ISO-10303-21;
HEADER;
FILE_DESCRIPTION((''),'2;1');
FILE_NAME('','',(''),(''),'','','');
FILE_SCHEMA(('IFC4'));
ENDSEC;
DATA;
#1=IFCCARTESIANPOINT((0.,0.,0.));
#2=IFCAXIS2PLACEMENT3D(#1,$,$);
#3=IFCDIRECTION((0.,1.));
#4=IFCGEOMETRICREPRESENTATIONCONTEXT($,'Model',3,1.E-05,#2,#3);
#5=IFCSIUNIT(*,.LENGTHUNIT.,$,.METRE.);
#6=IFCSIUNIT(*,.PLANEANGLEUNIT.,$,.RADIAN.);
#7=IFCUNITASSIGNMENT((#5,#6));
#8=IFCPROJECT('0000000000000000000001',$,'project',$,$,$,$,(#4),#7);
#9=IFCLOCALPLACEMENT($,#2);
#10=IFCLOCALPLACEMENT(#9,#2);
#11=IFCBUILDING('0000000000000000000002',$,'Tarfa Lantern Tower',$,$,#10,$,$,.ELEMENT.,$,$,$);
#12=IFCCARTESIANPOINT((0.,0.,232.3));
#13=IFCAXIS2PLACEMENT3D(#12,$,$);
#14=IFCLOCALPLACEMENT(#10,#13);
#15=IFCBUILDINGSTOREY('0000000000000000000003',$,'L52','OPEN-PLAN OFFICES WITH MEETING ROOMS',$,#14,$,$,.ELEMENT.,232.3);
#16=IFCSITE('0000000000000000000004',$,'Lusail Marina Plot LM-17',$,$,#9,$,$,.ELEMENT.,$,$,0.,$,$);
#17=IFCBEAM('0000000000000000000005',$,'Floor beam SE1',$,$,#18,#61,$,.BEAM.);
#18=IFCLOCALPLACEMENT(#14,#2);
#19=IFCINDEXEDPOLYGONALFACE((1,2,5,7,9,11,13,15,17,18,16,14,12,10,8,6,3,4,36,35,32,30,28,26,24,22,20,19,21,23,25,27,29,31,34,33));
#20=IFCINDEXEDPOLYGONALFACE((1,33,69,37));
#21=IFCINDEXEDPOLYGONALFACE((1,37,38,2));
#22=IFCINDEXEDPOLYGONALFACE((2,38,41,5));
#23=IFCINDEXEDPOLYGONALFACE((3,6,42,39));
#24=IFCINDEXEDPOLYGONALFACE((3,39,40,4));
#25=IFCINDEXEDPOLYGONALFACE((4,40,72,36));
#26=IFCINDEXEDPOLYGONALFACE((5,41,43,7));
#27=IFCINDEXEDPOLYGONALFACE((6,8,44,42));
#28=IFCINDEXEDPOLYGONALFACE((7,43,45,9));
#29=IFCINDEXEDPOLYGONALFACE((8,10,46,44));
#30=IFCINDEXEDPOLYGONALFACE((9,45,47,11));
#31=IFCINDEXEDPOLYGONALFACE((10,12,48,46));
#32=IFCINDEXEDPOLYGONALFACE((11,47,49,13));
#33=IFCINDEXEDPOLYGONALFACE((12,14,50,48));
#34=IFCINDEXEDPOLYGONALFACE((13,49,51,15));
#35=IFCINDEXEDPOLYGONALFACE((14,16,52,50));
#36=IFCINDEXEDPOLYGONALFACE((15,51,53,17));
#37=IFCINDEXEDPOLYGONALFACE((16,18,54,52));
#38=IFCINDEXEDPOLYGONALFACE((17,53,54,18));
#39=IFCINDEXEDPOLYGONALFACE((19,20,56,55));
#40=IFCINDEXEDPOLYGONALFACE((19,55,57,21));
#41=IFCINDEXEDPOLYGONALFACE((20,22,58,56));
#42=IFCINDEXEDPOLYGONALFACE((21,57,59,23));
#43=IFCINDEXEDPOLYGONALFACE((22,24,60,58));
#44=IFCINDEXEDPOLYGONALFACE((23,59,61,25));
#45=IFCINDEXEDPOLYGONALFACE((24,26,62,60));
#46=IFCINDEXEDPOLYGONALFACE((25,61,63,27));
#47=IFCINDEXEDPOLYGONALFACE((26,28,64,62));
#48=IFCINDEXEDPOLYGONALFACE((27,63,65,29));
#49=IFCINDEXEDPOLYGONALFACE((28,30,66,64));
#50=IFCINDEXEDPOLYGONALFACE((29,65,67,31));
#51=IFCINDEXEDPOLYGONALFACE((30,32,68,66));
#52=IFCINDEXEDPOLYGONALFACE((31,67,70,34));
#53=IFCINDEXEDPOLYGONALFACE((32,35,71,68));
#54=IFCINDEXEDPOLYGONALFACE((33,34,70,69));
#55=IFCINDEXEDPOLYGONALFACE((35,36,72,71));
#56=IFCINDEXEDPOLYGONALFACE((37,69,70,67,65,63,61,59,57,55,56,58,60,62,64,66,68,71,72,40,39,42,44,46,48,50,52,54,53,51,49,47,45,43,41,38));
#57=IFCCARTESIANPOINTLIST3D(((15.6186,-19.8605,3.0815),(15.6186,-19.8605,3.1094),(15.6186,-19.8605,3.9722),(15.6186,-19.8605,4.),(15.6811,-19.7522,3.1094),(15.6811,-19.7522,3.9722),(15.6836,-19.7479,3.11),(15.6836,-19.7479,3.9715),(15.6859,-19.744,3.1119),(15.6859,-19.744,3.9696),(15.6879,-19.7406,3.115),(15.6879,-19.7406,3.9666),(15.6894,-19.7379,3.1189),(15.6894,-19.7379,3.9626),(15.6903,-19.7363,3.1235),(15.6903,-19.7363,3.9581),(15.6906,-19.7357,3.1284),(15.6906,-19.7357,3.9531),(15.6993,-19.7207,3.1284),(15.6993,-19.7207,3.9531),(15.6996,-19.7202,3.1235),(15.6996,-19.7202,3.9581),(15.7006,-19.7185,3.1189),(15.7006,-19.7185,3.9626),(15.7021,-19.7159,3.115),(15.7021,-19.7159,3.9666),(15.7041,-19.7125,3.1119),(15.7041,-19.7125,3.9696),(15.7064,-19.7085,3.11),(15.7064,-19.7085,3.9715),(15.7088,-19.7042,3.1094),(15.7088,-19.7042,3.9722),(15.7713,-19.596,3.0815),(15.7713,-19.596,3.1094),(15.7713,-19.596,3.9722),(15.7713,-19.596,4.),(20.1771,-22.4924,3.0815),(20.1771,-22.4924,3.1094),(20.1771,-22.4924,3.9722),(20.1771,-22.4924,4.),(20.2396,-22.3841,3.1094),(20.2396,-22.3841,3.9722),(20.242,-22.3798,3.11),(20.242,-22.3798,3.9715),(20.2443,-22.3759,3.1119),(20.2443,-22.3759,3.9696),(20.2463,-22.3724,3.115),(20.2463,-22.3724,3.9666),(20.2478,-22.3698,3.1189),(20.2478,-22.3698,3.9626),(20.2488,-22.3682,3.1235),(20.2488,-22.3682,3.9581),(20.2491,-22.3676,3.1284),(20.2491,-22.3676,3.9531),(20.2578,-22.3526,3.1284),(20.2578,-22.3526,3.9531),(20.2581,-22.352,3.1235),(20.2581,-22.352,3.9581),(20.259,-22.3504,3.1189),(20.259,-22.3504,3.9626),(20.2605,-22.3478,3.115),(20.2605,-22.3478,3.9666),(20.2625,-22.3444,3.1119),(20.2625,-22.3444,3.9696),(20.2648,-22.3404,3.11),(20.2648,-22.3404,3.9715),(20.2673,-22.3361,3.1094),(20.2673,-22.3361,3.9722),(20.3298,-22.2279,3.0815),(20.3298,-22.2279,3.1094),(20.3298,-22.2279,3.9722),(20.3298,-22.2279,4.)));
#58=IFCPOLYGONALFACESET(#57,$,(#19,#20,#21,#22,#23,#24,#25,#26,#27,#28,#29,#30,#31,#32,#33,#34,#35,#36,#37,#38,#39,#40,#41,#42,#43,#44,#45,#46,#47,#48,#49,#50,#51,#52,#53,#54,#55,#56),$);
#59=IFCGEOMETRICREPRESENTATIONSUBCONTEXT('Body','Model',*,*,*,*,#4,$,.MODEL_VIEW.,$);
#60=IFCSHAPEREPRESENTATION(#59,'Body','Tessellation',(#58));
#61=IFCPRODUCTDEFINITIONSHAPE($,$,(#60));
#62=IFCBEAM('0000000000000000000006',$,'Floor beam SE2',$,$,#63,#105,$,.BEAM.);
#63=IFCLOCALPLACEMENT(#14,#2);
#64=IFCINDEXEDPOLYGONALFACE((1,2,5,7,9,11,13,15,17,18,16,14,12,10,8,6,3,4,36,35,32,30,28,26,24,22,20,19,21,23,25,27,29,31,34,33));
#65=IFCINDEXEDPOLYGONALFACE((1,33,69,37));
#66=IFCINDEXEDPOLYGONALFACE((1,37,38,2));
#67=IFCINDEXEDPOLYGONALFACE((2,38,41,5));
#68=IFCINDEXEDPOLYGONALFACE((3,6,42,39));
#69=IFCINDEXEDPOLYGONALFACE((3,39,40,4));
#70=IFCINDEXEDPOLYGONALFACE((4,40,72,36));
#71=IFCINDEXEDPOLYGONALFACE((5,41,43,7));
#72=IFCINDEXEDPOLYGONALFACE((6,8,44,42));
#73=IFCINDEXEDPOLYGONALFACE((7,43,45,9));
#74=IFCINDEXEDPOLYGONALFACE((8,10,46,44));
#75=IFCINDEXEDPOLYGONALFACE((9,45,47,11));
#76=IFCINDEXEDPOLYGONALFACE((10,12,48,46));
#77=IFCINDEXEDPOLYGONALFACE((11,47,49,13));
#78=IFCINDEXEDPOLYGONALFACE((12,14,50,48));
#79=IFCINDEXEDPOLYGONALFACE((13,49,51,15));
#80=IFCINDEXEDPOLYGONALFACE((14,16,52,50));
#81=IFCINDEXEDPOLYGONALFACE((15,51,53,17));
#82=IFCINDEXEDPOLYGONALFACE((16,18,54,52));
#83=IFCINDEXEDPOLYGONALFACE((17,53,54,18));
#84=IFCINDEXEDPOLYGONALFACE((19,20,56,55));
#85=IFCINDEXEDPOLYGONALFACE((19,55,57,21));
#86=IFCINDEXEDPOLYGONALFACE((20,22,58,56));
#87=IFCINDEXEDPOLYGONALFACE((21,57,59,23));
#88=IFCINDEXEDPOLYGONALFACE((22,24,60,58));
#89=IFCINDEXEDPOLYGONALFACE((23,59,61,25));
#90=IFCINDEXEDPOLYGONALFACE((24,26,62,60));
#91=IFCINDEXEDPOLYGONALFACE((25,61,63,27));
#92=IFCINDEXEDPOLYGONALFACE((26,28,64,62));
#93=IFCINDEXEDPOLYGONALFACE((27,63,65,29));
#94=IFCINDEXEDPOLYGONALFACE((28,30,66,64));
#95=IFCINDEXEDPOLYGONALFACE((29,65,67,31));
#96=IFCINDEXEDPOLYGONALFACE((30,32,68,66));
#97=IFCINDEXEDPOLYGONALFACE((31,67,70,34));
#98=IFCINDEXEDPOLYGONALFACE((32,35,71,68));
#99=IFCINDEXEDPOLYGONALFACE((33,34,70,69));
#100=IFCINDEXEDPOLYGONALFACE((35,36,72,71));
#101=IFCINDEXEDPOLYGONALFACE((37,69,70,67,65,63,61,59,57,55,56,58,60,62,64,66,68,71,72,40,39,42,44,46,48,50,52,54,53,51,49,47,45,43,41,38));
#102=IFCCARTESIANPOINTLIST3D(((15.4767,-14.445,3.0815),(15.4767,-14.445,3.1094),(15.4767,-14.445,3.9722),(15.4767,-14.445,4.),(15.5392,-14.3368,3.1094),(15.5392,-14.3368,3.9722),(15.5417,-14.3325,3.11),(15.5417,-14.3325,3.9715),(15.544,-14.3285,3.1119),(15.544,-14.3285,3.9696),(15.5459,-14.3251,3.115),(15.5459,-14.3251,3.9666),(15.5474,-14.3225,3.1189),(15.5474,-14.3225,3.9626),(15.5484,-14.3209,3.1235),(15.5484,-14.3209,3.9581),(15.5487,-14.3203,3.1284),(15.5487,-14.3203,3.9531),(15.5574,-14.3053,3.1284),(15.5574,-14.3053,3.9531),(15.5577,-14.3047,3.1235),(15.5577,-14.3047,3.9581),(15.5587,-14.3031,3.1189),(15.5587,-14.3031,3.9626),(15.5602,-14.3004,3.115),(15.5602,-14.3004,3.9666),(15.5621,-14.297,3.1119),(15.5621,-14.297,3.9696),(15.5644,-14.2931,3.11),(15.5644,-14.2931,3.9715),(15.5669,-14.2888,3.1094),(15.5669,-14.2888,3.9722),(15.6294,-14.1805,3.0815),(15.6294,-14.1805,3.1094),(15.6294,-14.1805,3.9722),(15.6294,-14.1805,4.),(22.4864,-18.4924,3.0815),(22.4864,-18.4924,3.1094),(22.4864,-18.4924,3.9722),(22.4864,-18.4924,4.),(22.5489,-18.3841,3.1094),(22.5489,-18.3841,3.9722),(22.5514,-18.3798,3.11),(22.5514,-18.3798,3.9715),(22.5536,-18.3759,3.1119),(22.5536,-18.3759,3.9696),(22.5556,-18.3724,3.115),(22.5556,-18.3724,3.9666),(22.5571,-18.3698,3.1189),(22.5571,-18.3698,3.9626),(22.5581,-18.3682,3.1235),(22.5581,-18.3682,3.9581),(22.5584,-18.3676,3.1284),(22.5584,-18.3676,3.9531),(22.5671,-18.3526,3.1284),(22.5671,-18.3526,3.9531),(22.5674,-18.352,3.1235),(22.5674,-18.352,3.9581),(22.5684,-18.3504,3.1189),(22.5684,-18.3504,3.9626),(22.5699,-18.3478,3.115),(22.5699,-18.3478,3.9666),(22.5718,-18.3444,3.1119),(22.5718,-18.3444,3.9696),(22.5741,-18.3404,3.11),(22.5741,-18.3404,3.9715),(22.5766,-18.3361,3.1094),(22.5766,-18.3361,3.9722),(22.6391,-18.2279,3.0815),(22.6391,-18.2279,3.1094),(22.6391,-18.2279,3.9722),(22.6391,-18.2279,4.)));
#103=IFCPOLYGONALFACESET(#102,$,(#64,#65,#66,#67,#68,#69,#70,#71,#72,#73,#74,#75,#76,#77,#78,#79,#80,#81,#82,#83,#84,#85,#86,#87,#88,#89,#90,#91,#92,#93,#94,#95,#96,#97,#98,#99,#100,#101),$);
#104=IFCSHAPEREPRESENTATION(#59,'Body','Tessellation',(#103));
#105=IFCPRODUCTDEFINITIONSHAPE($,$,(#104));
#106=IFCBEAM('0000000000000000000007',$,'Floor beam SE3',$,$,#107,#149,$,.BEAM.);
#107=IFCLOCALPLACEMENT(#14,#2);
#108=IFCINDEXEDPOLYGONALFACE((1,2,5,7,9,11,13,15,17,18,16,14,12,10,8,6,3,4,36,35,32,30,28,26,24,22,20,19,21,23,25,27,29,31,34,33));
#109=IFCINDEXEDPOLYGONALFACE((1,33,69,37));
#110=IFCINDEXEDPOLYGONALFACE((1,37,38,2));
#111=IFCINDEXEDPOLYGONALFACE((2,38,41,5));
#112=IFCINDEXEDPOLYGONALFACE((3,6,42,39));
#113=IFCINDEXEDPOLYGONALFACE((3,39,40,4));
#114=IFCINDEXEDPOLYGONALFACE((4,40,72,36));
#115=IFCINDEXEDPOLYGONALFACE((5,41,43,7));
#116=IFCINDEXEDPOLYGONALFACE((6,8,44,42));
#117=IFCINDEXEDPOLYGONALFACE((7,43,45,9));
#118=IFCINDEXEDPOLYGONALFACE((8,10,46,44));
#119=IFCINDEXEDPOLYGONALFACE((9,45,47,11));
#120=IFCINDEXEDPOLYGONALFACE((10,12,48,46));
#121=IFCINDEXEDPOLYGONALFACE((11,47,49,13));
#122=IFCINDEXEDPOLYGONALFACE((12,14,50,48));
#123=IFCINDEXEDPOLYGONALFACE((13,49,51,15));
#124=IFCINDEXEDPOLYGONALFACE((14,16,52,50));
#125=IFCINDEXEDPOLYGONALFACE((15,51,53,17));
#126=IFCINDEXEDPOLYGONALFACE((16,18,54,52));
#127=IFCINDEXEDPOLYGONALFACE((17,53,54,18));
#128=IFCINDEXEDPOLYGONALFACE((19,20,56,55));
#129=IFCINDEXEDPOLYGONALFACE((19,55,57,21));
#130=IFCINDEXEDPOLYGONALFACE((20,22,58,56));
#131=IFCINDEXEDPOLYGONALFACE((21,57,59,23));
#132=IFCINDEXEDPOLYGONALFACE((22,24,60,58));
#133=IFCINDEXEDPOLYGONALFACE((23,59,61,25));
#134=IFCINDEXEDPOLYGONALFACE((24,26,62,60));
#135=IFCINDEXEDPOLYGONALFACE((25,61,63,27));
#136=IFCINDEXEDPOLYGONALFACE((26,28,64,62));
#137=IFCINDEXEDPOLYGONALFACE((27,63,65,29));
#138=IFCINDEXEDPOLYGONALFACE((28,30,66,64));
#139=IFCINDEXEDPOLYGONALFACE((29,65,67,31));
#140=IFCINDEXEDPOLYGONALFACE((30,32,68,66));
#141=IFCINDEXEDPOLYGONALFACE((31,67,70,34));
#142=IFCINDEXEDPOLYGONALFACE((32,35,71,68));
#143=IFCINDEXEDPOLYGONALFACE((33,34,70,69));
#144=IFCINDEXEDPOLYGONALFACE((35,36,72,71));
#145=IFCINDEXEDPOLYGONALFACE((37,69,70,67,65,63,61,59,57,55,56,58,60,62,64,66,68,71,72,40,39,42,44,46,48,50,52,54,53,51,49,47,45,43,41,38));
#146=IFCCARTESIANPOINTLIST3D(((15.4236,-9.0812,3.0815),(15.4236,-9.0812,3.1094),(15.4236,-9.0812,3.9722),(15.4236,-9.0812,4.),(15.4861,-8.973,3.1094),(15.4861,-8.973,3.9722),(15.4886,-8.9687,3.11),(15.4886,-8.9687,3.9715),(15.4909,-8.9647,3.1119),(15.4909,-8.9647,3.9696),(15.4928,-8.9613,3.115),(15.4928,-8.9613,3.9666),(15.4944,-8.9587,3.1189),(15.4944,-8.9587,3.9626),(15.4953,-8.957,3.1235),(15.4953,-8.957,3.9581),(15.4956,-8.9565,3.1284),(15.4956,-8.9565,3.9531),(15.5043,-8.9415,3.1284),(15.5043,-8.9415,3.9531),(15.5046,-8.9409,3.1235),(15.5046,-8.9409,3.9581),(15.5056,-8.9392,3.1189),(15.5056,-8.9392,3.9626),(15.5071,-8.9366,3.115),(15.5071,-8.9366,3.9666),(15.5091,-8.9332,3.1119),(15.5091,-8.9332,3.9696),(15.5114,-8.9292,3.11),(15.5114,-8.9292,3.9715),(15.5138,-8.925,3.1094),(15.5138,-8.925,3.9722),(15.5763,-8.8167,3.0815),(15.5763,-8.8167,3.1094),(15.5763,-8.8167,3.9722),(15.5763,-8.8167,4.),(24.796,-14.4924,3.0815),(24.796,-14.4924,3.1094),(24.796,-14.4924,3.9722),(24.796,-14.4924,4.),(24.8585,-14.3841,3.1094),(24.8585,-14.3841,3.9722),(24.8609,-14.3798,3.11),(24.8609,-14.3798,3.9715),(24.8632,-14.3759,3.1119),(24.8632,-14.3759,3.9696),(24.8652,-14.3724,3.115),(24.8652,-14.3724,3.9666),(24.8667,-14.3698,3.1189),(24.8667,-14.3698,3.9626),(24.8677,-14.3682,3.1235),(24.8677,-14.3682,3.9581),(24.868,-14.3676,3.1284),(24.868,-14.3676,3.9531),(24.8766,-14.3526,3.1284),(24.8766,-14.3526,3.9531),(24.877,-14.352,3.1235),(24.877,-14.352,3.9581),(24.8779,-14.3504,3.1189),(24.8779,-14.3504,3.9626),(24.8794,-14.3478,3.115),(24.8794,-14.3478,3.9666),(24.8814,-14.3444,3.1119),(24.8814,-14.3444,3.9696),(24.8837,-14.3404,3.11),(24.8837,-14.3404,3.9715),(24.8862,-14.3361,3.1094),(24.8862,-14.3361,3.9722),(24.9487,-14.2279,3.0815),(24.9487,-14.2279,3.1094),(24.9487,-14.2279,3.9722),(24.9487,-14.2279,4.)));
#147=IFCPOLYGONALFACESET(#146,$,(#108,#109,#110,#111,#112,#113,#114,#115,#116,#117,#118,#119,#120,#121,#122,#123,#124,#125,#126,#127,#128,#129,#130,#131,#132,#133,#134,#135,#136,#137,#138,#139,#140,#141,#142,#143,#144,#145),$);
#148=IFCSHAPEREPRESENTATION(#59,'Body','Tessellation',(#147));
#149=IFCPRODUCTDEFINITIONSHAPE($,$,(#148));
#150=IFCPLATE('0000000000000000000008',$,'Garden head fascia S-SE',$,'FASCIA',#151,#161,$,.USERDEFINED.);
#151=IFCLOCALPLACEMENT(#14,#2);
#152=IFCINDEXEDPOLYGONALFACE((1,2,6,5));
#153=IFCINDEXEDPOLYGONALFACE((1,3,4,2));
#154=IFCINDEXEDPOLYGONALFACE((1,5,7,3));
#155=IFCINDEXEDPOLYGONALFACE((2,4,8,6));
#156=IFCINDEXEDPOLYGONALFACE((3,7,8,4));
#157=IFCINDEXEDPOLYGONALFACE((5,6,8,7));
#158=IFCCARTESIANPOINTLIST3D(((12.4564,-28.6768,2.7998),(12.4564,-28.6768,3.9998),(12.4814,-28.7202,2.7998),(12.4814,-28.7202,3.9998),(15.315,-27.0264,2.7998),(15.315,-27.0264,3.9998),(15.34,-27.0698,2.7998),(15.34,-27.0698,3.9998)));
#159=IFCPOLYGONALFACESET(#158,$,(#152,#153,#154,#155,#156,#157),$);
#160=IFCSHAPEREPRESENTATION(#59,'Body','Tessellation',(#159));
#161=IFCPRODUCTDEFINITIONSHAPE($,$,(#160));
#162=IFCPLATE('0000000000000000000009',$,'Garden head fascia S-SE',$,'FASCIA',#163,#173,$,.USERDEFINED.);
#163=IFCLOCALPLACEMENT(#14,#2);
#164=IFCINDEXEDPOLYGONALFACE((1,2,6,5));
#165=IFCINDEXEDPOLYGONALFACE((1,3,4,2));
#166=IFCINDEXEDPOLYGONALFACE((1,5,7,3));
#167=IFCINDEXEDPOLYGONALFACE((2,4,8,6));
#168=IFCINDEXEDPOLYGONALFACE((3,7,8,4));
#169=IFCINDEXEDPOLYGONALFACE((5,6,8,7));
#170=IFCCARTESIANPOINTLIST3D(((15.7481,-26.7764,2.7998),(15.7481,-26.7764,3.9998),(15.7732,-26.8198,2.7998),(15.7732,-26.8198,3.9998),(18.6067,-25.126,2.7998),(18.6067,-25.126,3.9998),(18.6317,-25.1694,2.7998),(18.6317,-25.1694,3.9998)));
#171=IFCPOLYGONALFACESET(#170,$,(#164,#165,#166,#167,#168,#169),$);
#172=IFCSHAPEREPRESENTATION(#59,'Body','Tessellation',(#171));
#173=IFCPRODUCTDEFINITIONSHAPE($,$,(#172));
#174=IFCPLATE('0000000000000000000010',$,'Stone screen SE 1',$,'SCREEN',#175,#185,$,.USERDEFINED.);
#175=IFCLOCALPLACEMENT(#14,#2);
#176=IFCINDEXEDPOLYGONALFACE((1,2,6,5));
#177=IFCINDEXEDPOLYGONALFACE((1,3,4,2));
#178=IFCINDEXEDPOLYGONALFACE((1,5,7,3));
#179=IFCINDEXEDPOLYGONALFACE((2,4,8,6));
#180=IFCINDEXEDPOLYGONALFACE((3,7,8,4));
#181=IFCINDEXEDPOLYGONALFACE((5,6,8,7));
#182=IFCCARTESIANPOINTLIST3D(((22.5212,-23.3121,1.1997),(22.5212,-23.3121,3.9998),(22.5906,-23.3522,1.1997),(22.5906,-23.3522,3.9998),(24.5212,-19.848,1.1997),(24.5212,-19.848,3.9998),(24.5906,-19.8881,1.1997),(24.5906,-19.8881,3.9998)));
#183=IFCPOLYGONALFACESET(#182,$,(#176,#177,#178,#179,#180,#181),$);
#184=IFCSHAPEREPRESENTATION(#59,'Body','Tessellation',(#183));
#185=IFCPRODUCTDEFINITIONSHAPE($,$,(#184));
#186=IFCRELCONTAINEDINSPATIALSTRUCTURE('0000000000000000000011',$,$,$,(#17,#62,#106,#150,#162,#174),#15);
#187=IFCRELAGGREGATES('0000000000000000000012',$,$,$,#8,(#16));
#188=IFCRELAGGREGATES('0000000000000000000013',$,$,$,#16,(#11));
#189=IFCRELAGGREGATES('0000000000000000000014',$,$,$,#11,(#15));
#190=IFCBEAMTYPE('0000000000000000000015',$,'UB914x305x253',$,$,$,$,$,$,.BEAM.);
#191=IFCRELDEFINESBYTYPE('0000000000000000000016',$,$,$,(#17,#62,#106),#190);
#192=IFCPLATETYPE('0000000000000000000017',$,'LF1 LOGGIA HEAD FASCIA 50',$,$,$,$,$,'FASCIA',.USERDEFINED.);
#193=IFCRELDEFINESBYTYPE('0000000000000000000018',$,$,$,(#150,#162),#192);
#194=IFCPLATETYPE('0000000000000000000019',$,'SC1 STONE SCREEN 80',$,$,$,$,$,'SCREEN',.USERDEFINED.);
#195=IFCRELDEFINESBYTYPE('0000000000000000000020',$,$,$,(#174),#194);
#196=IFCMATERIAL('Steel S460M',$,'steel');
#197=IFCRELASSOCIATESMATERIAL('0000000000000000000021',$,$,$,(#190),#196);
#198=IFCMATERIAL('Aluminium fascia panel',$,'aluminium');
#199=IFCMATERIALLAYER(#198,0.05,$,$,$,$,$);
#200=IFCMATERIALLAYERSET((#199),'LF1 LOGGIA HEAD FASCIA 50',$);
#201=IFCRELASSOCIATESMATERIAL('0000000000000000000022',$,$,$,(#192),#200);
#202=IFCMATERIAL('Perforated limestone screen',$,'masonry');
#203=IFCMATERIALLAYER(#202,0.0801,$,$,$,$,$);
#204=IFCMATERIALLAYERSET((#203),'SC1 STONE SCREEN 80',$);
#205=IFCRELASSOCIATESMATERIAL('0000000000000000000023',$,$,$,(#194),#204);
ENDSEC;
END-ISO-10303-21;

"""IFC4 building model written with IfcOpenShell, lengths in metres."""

from ifc_helpers import new_model, si_unit, direction, frame, origin, origin_2d, place, context, subcontext, project, spatial, rectangle, i_section, extrude, material, layer, layer_set, material_profile, profile_set, type_object, element, save


model = new_model("IFC4")

# Units and contexts
model_context = context("Model", 3, precision=1e-05, world=origin(), true_north=direction((0.0, 1.0)))
body_context = subcontext(model_context, "Body", "Model", "MODEL_VIEW")
ifc_project = project(units=[si_unit("LENGTHUNIT", "METRE"), si_unit("PLANEANGLEUNIT", "RADIAN")], contexts=[model_context])

# Site, building, storey
site_placement = place(None, origin())
site = spatial("IfcSite", under=ifc_project, at=site_placement, Name="Lusail Marina Plot LM-17", CompositionType="ELEMENT", RefElevation=0.0)
building_placement = place(site_placement, origin())
building = spatial("IfcBuilding", under=site, at=building_placement, Name="Tarfa Lantern Tower", CompositionType="ELEMENT")
storey_placement = place(building_placement, frame((0.0, 0.0, 232.3)))
storey = spatial("IfcBuildingStorey", under=building, at=storey_placement, Name="L52", Description="OPEN-PLAN OFFICES WITH MEETING ROOMS", CompositionType="ELEMENT", Elevation=232.3)

# Beams
ifc_material_1 = material(Name="Steel S460M", Category="steel")
ifc_material_profile_1 = material_profile(ifc_material_1, i_section(OverallWidth=0.3054, OverallDepth=0.9185, WebThickness=0.0173, FlangeThickness=0.0278, FilletRadius=0.019, at=origin_2d()), Name="UB914x305x253")
ifc_profile_set_1 = profile_set([ifc_material_profile_1], Name="Steel S460M")
beam_type_1 = type_object("IfcBeamType", Name="UB914x305x253", PredefinedType="BEAM", material=ifc_profile_set_1)
beam_1_placement = place(storey_placement, frame((20.2534, -22.3601, 3.5408), z_axis=(-0.86602, 0.50001, 0.0), x_axis=(-0.50001, -0.86602, 0.0)))
element("IfcBeam", 1, at=beam_1_placement, inside=storey, type_object=beam_type_1, Name="Floor beam SE1", PredefinedType="BEAM", context=body_context, shape_type="SweptSolid", body=[
    extrude(i_section(OverallWidth=0.3054, OverallDepth=0.9185, WebThickness=0.0173, FlangeThickness=0.0278, FilletRadius=0.019, at=origin_2d()), origin(), (0.0, 0.0, 1.0), 5.2637),
])
beam_2_placement = place(storey_placement, frame((22.5627, -18.3601, 3.5408), z_axis=(-0.866011, 0.500025, 0.0), x_axis=(-0.500025, -0.866011, 0.0)))
element("IfcBeam", 2, at=beam_2_placement, inside=storey, type_object=beam_type_1, Name="Floor beam SE2", PredefinedType="BEAM", context=body_context, shape_type="SweptSolid", body=[
    extrude(i_section(OverallWidth=0.3054, OverallDepth=0.9185, WebThickness=0.0173, FlangeThickness=0.0278, FilletRadius=0.019, at=origin_2d()), origin(), (0.0, 0.0, 1.0), 8.0942),
])
beam_3_placement = place(storey_placement, frame((24.8723, -14.3601, 3.5408), z_axis=(-0.866024, 0.500002, 0.0), x_axis=(-0.500002, -0.866024, 0.0)))
element("IfcBeam", 3, at=beam_3_placement, inside=storey, type_object=beam_type_1, Name="Floor beam SE3", PredefinedType="BEAM", context=body_context, shape_type="SweptSolid", body=[
    extrude(i_section(OverallWidth=0.3054, OverallDepth=0.9185, WebThickness=0.0173, FlangeThickness=0.0278, FilletRadius=0.019, at=origin_2d()), origin(), (0.0, 0.0, 1.0), 10.8223),
])

# Plates
ifc_material_2 = material(Name="Aluminium fascia panel", Category="aluminium")
ifc_layer_1 = layer(ifc_material_2, 0.05)
ifc_layer_set_1 = layer_set([ifc_layer_1], Name="LF1 LOGGIA HEAD FASCIA 50")
plate_type_1 = type_object("IfcPlateType", Name="LF1 LOGGIA HEAD FASCIA 50", ElementType="FASCIA", PredefinedType="USERDEFINED", material=ifc_layer_set_1)
for number, where, z_axis, x_axis, name in (
    (4, (13.8982, -27.8733, 2.7998), (0.0, 0.0, 1.0), (0.866025, 0.5, 0.0), "Garden head fascia S-SE"),
    (5, (17.1899, -25.9729, 2.7998), (0.0, 0.0, 1.0), (0.866025, 0.5, 0.0), "Garden head fascia S-SE"),
):
    element("IfcPlate", number, at=place(storey_placement, frame(where, z_axis=z_axis, x_axis=x_axis)), inside=storey, type_object=plate_type_1, Name=name, ObjectType="FASCIA", PredefinedType="USERDEFINED", context=body_context, shape_type="SweptSolid", body=[
        extrude(rectangle(XDim=3.3008, YDim=0.05, at=origin_2d()), origin(), (0.0, 0.0, 1.0), 1.2),
    ])
ifc_material_3 = material(Name="Perforated limestone screen", Category="masonry")
ifc_layer_2 = layer(ifc_material_3, 0.0801)
ifc_layer_set_2 = layer_set([ifc_layer_2], Name="SC1 STONE SCREEN 80")
plate_type_2 = type_object("IfcPlateType", Name="SC1 STONE SCREEN 80", ElementType="SCREEN", PredefinedType="USERDEFINED", material=ifc_layer_set_2)
plate_placement = place(storey_placement, frame((23.5559, -21.6001, 1.1997), z_axis=(0.0, 0.0, 1.0), x_axis=(0.5, 0.866025, 0.0)))
element("IfcPlate", 6, at=plate_placement, inside=storey, type_object=plate_type_2, Name="Stone screen SE 1", ObjectType="SCREEN", PredefinedType="USERDEFINED", context=body_context, shape_type="SweptSolid", body=[
    extrude(rectangle(XDim=4.0, YDim=0.0801, at=origin_2d()), origin(), (0.0, 0.0, 1.0), 2.8),
])

save(model, "model.ifc")
